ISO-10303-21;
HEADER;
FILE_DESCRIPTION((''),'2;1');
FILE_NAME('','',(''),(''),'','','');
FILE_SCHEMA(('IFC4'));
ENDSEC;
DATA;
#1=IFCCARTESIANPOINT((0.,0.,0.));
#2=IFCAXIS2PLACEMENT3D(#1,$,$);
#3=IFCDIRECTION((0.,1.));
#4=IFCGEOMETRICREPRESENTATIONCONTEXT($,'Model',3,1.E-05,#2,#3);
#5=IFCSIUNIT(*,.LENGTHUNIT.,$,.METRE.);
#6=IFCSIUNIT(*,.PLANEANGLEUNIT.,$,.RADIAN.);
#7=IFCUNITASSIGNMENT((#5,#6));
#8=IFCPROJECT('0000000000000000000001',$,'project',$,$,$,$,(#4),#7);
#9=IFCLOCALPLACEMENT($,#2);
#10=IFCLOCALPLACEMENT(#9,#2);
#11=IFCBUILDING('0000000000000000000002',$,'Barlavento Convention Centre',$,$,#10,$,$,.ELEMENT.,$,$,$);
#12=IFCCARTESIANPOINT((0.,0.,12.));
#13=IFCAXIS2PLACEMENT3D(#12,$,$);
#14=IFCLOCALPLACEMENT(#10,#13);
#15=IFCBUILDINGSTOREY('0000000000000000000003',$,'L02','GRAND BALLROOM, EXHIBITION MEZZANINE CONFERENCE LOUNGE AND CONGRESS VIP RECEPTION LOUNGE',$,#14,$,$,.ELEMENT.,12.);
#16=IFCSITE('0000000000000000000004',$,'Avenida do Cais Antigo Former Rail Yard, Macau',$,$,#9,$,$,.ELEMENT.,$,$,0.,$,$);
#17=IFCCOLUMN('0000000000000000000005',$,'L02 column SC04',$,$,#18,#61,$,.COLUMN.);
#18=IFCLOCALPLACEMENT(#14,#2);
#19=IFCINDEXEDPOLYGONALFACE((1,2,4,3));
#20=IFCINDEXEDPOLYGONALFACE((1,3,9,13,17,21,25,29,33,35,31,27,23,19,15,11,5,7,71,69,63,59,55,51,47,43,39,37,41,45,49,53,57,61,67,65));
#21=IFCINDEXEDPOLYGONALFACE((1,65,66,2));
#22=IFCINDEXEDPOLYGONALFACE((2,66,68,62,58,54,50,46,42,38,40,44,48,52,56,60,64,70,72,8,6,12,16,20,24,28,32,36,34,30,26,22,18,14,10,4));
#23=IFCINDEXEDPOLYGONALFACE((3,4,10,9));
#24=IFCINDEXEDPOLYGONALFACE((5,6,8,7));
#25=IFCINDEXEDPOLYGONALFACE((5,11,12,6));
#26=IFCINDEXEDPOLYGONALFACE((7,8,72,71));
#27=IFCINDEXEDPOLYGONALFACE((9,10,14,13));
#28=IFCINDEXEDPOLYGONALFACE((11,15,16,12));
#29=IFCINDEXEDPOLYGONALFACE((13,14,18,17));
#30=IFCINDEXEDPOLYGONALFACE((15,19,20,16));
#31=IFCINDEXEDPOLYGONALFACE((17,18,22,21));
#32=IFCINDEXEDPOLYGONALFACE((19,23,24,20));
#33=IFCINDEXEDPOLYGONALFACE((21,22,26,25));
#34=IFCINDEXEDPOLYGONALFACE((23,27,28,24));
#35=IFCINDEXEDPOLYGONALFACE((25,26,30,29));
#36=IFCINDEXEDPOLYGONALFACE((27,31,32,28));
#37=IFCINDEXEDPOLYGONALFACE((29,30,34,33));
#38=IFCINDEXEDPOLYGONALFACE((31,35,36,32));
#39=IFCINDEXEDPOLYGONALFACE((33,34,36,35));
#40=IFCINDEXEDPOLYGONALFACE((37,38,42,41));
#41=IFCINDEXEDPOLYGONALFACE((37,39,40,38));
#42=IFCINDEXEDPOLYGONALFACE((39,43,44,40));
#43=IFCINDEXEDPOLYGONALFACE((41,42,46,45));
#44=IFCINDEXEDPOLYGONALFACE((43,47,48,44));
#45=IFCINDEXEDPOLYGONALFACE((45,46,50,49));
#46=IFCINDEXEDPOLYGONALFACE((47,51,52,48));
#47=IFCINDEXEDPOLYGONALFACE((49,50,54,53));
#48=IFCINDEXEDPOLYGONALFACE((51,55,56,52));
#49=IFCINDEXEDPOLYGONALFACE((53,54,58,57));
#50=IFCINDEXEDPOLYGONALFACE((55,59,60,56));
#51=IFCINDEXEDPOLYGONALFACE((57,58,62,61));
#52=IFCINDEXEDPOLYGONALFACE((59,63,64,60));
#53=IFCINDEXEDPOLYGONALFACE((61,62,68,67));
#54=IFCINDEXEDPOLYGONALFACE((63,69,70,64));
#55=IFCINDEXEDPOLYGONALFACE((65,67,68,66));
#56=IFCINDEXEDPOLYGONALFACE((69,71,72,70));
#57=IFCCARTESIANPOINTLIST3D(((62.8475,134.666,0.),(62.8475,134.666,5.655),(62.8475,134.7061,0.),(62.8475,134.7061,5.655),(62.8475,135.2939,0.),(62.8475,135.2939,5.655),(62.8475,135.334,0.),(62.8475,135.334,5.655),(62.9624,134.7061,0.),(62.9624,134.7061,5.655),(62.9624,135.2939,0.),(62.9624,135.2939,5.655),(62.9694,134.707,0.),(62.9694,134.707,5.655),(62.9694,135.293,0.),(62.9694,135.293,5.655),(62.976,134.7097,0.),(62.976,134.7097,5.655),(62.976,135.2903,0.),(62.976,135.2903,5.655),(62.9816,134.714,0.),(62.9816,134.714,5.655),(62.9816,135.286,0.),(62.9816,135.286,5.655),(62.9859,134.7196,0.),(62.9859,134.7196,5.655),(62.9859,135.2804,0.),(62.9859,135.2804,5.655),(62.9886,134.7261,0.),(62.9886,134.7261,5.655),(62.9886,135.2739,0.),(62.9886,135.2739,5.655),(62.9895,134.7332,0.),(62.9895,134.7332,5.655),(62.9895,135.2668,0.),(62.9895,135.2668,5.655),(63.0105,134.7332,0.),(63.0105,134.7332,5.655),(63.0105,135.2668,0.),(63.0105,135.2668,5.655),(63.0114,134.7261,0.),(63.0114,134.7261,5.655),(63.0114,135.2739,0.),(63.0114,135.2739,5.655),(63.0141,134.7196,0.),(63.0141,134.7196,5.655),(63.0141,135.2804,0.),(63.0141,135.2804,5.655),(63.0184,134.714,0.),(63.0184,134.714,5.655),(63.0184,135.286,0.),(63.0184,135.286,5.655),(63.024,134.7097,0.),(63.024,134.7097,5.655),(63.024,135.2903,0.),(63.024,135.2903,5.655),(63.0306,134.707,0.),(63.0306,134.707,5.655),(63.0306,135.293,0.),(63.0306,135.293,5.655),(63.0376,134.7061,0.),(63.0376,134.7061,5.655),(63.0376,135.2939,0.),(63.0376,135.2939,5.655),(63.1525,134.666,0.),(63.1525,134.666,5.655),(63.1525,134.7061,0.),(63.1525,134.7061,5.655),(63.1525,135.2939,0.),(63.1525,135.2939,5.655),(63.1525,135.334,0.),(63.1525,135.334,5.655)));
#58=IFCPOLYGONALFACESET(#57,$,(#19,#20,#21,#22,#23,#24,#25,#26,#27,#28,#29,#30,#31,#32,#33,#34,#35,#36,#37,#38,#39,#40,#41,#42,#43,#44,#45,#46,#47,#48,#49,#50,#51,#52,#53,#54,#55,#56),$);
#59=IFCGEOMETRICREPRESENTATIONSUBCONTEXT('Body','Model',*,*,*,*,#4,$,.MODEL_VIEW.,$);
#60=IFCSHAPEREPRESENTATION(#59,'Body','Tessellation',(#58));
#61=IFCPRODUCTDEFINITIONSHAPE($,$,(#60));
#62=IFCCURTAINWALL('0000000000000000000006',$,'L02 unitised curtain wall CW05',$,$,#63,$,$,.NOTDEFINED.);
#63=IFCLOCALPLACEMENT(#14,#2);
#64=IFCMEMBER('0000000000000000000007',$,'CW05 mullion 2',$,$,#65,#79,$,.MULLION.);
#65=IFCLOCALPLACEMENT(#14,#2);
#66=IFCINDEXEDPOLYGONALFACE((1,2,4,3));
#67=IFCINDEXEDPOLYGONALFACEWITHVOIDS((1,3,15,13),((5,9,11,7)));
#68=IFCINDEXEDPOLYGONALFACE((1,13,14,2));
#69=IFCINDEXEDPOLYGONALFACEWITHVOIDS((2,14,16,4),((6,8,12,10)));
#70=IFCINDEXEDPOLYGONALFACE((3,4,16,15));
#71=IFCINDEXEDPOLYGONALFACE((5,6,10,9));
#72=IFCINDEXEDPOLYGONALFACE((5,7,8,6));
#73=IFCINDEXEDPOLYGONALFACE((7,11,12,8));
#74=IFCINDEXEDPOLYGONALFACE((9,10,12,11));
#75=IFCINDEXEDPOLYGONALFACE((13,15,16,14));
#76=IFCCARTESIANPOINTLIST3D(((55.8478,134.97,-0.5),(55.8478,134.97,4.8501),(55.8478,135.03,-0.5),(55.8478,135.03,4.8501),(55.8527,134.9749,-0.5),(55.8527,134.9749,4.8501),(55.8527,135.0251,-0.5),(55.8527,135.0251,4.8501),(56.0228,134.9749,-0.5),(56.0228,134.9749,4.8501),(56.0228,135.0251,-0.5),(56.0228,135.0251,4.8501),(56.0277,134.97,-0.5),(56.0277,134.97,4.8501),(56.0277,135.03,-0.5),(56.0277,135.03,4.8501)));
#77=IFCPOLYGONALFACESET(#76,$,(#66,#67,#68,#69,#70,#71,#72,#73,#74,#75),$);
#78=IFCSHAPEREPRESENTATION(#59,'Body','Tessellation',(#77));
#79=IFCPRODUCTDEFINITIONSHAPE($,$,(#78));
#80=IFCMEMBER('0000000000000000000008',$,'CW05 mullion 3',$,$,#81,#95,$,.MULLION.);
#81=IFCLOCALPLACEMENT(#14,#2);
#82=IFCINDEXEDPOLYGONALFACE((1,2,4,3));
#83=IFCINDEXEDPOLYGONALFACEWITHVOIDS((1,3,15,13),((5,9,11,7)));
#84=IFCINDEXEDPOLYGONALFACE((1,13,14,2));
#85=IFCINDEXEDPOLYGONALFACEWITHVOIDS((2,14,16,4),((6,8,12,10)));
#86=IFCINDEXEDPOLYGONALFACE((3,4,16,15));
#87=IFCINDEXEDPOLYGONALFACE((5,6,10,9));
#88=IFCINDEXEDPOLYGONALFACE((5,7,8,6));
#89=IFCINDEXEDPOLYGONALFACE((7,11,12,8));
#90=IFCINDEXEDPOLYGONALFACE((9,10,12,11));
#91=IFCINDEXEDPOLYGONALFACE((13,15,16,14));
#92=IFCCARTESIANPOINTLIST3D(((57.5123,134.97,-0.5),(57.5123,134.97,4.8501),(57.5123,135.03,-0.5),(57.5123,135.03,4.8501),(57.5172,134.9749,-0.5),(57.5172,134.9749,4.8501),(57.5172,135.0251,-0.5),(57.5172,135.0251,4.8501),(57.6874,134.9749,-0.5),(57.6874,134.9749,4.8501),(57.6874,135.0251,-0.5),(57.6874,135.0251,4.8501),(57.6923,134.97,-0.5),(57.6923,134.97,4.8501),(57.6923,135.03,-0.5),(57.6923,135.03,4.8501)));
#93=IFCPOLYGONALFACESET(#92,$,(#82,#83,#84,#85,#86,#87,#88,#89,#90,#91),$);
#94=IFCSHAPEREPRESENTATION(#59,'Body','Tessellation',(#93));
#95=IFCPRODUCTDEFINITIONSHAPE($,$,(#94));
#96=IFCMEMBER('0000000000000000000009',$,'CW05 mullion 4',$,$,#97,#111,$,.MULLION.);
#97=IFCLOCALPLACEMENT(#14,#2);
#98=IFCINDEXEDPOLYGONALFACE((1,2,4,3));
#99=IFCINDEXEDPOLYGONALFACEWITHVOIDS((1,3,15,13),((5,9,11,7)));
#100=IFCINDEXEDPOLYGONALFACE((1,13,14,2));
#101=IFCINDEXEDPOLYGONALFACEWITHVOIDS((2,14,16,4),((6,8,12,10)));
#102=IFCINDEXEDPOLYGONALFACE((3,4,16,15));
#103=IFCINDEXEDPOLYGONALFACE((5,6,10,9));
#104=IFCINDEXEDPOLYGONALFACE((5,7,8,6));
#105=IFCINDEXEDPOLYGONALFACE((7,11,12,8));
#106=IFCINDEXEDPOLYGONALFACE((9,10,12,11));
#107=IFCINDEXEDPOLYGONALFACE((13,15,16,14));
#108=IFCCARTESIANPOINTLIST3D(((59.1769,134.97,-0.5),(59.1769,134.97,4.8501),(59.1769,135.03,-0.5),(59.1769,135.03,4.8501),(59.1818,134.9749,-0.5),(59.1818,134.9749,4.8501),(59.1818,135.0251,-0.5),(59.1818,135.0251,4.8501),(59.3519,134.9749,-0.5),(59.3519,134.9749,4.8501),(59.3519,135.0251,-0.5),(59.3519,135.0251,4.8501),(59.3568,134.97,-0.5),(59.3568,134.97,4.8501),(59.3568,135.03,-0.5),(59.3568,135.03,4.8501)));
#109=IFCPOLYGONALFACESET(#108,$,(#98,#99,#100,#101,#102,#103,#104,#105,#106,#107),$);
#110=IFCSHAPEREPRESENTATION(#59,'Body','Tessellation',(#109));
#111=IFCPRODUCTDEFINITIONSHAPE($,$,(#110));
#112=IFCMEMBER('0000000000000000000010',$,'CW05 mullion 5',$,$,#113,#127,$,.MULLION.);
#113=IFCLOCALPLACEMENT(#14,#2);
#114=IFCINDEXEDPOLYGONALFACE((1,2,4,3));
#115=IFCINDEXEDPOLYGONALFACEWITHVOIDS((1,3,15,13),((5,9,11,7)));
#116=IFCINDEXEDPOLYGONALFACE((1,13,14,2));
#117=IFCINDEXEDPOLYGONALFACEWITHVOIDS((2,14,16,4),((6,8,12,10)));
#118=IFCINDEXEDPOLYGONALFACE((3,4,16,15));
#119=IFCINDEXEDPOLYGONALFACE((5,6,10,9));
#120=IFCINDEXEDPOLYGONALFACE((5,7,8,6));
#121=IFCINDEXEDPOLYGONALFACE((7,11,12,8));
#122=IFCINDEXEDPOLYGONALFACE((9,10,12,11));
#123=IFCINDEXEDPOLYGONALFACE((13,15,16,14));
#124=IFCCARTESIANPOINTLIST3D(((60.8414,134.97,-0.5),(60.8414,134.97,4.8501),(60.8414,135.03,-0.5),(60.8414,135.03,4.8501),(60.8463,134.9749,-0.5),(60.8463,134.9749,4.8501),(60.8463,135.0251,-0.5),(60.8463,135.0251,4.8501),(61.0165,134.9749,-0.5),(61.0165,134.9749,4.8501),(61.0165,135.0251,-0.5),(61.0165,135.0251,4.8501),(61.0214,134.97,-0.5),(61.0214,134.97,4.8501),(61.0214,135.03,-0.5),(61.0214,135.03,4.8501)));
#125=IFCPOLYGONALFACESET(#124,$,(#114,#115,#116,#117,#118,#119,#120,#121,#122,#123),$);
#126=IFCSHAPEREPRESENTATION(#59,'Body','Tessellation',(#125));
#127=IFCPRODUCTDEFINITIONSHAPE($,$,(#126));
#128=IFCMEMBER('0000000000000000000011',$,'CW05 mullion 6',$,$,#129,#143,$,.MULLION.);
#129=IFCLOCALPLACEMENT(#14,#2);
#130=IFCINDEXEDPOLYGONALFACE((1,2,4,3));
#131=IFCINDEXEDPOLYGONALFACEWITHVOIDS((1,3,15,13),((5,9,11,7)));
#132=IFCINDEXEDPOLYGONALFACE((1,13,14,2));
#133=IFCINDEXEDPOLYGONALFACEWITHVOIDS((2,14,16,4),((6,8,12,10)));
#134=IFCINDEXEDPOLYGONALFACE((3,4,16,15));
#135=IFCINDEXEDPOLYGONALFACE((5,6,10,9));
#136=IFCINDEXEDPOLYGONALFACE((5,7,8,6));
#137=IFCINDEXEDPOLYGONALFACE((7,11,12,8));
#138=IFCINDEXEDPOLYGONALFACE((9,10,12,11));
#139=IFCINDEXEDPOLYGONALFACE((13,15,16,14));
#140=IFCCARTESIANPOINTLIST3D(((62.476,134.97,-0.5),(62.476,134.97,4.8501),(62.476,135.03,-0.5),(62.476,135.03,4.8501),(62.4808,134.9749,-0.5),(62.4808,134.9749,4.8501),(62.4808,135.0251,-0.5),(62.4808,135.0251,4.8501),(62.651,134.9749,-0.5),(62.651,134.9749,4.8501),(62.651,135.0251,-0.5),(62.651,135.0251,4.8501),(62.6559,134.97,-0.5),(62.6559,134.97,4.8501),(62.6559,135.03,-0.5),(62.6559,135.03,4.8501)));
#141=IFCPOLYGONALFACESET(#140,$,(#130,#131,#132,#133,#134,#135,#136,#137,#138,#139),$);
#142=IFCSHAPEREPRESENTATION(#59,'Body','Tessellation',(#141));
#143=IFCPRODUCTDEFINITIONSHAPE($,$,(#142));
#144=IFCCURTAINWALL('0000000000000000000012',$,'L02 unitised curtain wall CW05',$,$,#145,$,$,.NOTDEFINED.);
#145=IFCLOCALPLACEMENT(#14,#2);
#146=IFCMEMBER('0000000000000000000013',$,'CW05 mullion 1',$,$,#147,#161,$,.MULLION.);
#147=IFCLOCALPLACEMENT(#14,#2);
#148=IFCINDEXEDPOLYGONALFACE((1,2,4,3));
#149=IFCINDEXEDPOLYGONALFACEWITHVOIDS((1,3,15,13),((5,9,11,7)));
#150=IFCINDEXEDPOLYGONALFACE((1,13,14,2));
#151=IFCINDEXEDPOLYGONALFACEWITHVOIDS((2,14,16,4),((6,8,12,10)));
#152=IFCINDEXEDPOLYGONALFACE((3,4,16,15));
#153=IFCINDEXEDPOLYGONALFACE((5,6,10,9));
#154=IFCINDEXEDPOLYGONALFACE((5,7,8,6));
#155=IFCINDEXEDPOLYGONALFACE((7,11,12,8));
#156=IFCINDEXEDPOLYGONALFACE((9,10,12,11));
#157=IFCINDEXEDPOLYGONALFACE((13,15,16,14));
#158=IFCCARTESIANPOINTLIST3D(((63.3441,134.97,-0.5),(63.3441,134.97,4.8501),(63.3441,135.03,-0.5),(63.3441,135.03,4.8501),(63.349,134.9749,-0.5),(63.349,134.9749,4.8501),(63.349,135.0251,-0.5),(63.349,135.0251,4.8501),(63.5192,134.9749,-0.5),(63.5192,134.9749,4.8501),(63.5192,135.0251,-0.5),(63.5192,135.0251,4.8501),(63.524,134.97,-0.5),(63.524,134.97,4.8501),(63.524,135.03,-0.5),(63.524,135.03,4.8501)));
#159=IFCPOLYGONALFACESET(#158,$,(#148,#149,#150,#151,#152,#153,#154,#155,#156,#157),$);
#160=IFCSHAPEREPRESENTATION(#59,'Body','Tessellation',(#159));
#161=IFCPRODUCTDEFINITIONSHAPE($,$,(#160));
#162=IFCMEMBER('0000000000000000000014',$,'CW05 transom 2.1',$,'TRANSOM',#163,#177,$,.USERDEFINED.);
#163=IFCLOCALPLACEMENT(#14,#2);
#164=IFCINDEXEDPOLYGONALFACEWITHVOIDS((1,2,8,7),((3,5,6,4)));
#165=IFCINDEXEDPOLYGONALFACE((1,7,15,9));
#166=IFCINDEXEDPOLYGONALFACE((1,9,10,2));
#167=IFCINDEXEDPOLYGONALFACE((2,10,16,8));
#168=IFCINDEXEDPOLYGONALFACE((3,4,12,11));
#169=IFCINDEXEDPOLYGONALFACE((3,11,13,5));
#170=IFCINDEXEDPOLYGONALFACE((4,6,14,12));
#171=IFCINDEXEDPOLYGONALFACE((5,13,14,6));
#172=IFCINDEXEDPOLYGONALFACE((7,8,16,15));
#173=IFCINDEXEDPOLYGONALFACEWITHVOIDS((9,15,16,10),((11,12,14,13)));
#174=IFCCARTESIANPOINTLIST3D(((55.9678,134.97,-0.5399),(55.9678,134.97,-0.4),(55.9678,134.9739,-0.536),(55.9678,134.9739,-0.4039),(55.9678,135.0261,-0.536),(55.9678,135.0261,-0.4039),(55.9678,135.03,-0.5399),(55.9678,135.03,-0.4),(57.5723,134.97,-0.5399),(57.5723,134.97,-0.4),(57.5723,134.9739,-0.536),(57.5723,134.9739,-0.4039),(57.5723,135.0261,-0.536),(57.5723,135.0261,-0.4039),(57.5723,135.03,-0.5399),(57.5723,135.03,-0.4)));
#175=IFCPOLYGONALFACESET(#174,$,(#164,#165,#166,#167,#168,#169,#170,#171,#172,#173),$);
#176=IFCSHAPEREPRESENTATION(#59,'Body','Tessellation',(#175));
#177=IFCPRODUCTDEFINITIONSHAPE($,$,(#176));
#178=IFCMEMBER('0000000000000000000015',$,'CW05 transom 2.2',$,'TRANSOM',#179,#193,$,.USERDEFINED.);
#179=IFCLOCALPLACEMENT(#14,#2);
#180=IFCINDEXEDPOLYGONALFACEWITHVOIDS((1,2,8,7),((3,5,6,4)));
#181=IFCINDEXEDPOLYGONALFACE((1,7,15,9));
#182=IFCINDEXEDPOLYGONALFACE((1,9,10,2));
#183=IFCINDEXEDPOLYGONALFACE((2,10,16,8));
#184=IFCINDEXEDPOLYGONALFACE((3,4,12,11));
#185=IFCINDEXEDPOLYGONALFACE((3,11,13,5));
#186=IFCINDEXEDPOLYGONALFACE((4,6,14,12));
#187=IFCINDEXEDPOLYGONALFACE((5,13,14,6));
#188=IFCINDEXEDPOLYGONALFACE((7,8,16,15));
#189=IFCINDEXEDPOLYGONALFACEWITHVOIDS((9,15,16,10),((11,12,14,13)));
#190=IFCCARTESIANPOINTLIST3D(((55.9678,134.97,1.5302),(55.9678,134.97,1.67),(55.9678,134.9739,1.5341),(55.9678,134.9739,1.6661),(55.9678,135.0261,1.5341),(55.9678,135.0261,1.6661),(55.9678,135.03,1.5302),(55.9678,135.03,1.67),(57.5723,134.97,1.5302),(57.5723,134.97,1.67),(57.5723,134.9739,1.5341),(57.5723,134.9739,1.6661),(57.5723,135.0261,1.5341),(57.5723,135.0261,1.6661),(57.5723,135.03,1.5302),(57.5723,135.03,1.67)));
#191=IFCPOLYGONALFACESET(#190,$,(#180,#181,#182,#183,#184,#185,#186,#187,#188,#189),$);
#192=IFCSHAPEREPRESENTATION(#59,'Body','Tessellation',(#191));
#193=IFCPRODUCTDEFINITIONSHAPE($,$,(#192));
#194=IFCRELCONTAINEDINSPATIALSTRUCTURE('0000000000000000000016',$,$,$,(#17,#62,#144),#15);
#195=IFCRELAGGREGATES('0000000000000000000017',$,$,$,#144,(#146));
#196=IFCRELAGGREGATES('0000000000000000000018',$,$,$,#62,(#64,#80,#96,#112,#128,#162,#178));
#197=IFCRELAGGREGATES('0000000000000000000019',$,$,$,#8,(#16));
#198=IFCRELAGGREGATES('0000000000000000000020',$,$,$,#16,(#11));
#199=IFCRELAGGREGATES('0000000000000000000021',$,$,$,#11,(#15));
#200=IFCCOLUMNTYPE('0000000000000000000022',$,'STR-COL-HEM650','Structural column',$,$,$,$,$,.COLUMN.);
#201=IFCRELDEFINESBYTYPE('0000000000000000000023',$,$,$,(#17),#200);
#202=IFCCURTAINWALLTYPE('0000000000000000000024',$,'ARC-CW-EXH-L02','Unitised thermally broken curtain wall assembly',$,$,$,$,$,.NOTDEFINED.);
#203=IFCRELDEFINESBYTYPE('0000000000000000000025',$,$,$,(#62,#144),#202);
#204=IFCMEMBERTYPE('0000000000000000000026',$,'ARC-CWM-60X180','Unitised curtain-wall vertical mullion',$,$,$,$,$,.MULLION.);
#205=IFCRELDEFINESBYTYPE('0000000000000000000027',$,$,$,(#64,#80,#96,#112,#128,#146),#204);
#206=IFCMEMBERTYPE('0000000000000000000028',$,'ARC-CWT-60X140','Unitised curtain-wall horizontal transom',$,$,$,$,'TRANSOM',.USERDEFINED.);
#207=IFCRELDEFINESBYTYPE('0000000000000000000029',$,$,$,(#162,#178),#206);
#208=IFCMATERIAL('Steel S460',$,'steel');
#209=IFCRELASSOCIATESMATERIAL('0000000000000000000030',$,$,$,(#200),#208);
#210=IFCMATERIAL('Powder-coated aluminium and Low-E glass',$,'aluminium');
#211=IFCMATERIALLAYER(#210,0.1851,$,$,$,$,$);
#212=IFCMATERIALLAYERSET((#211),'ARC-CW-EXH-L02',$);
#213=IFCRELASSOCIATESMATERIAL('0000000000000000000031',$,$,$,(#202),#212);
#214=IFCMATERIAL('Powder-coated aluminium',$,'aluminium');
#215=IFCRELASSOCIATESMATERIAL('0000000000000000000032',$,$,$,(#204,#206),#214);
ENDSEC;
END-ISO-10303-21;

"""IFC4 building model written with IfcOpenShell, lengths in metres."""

from ifc_helpers import new_model, si_unit, direction, frame, origin, origin_2d, place, context, subcontext, project, spatial, hollow_rectangle, i_section, extrude, material, layer, layer_set, material_profile, profile_set, type_object, element, aggregate, save


model = new_model("IFC4")

# Units and contexts
model_context = context("Model", 3, precision=1e-05, world=origin(), true_north=direction((0.0, 1.0)))
body_context = subcontext(model_context, "Body", "Model", "MODEL_VIEW")
ifc_project = project(units=[si_unit("LENGTHUNIT", "METRE"), si_unit("PLANEANGLEUNIT", "RADIAN")], contexts=[model_context])

# Site, building, storey
site_placement = place(None, origin())
site = spatial("IfcSite", under=ifc_project, at=site_placement, Name="Avenida do Cais Antigo Former Rail Yard, Macau", CompositionType="ELEMENT", RefElevation=0.0)
building_placement = place(site_placement, origin())
building = spatial("IfcBuilding", under=site, at=building_placement, Name="Barlavento Convention Centre", CompositionType="ELEMENT")
storey_placement = place(building_placement, frame((0.0, 0.0, 12.0)))
storey = spatial("IfcBuildingStorey", under=building, at=storey_placement, Name="L02", Description="GRAND BALLROOM, EXHIBITION MEZZANINE CONFERENCE LOUNGE AND CONGRESS VIP RECEPTION LOUNGE", CompositionType="ELEMENT", Elevation=12.0)

# Column
ifc_material_1 = material(Name="Steel S460", Category="steel")
ifc_material_profile_1 = material_profile(ifc_material_1, i_section(OverallWidth=0.3049, OverallDepth=0.668, WebThickness=0.021, FlangeThickness=0.04, FilletRadius=0.0271, at=origin_2d()), Name="HEM 650")
ifc_profile_set_1 = profile_set([ifc_material_profile_1], Name="Steel S460")
column_type = type_object("IfcColumnType", Name="STR-COL-HEM650", Description="Structural column", PredefinedType="COLUMN", material=ifc_profile_set_1)
column_placement = place(storey_placement, frame((63.0, 135.0, 0.0), z_axis=(0.0, 0.0, 1.0), x_axis=(1.0, 0.0, 0.0)))
element("IfcColumn", 1, at=column_placement, inside=storey, type_object=column_type, Name="L02 column SC04", PredefinedType="COLUMN", context=body_context, shape_type="SweptSolid", body=[
    extrude(i_section(OverallWidth=0.3049, OverallDepth=0.668, WebThickness=0.021, FlangeThickness=0.04, FilletRadius=0.0271, at=origin_2d()), origin(), (0.0, 0.0, 1.0), 5.655),
])

# Curtain wall, members
ifc_material_2 = material(Name="Powder-coated aluminium and Low-E glass", Category="aluminium")
ifc_layer_1 = layer(ifc_material_2, 0.1851)
ifc_layer_set_1 = layer_set([ifc_layer_1], Name="ARC-CW-EXH-L02")
curtain_wall_type = type_object("IfcCurtainWallType", Name="ARC-CW-EXH-L02", Description="Unitised thermally broken curtain wall assembly", PredefinedType="NOTDEFINED", material=ifc_layer_set_1)
curtain_wall_1_placement = place(storey_placement, origin())
curtain_wall_1 = element("IfcCurtainWall", 2, at=curtain_wall_1_placement, inside=storey, type_object=curtain_wall_type, Name="L02 unitised curtain wall CW05", PredefinedType="NOTDEFINED")
ifc_material_3 = material(Name="Powder-coated aluminium", Category="aluminium")
ifc_material_profile_2 = material_profile(ifc_material_3, hollow_rectangle(XDim=0.0601, YDim=0.1799, WallThickness=0.0049, at=origin_2d()), Name="AL-MULL 60x180x5")
ifc_profile_set_2 = profile_set([ifc_material_profile_2], Name="Powder-coated aluminium")
member_type_1 = type_object("IfcMemberType", Name="ARC-CWM-60X180", Description="Unitised curtain-wall vertical mullion", PredefinedType="MULLION", material=ifc_profile_set_2)
member_1_placement = place(storey_placement, frame((55.9377, 135.0, -0.5), z_axis=(0.0, 0.0, 1.0), x_axis=(0.0, 1.0, 0.0)))
member_1 = element("IfcMember", 3, at=member_1_placement, type_object=member_type_1, Name="CW05 mullion 2", PredefinedType="MULLION", context=body_context, shape_type="SweptSolid", body=[
    extrude(hollow_rectangle(XDim=0.0601, YDim=0.1799, WallThickness=0.0049, at=origin_2d()), origin(), (0.0, 0.0, 1.0), 5.3501),
])
member_2_placement = place(storey_placement, frame((57.6023, 135.0, -0.5), z_axis=(0.0, 0.0, 1.0), x_axis=(0.0, 1.0, 0.0)))
member_2 = element("IfcMember", 4, at=member_2_placement, type_object=member_type_1, Name="CW05 mullion 3", PredefinedType="MULLION", context=body_context, shape_type="SweptSolid", body=[
    extrude(hollow_rectangle(XDim=0.0601, YDim=0.1799, WallThickness=0.0049, at=origin_2d()), origin(), (0.0, 0.0, 1.0), 5.3501),
])
member_3_placement = place(storey_placement, frame((59.2668, 135.0, -0.5), z_axis=(0.0, 0.0, 1.0), x_axis=(0.0, 1.0, 0.0)))
member_3 = element("IfcMember", 5, at=member_3_placement, type_object=member_type_1, Name="CW05 mullion 4", PredefinedType="MULLION", context=body_context, shape_type="SweptSolid", body=[
    extrude(hollow_rectangle(XDim=0.0601, YDim=0.1799, WallThickness=0.0049, at=origin_2d()), origin(), (0.0, 0.0, 1.0), 5.3501),
])
member_4_placement = place(storey_placement, frame((60.9314, 135.0, -0.5), z_axis=(0.0, 0.0, 1.0), x_axis=(0.0, 1.0, 0.0)))
member_4 = element("IfcMember", 6, at=member_4_placement, type_object=member_type_1, Name="CW05 mullion 5", PredefinedType="MULLION", context=body_context, shape_type="SweptSolid", body=[
    extrude(hollow_rectangle(XDim=0.0601, YDim=0.1799, WallThickness=0.0049, at=origin_2d()), origin(), (0.0, 0.0, 1.0), 5.3501),
])
member_5_placement = place(storey_placement, frame((62.5659, 135.0, -0.5), z_axis=(0.0, 0.0, 1.0), x_axis=(0.0, 1.0, 0.0)))
member_5 = element("IfcMember", 7, at=member_5_placement, type_object=member_type_1, Name="CW05 mullion 6", PredefinedType="MULLION", context=body_context, shape_type="SweptSolid", body=[
    extrude(hollow_rectangle(XDim=0.0601, YDim=0.1799, WallThickness=0.0049, at=origin_2d()), origin(), (0.0, 0.0, 1.0), 5.3501),
])

# Curtain wall, member
curtain_wall_2_placement = place(storey_placement, origin())
curtain_wall_2 = element("IfcCurtainWall", 8, at=curtain_wall_2_placement, inside=storey, type_object=curtain_wall_type, Name="L02 unitised curtain wall CW05", PredefinedType="NOTDEFINED")
member_6_placement = place(storey_placement, frame((63.4341, 135.0, -0.5), z_axis=(0.0, 0.0, 1.0), x_axis=(0.0, 1.0, 0.0)))
member_6 = element("IfcMember", 9, at=member_6_placement, type_object=member_type_1, Name="CW05 mullion 1", PredefinedType="MULLION", context=body_context, shape_type="SweptSolid", body=[
    extrude(hollow_rectangle(XDim=0.0601, YDim=0.1799, WallThickness=0.0049, at=origin_2d()), origin(), (0.0, 0.0, 1.0), 5.3501),
])

# Members
ifc_material_profile_3 = material_profile(ifc_material_3, hollow_rectangle(XDim=0.0601, YDim=0.1399, WallThickness=0.0039, at=origin_2d()), Name="AL-TRAN 60x140x4")
ifc_profile_set_3 = profile_set([ifc_material_profile_3], Name="Powder-coated aluminium")
member_type_2 = type_object("IfcMemberType", Name="ARC-CWT-60X140", Description="Unitised curtain-wall horizontal transom", ElementType="TRANSOM", PredefinedType="USERDEFINED", material=ifc_profile_set_3)
member_7_placement = place(storey_placement, frame((55.9678, 135.0, -0.47), z_axis=(1.0, 0.0, 0.0), x_axis=(0.0, 1.0, 0.0)))
member_7 = element("IfcMember", 10, at=member_7_placement, type_object=member_type_2, Name="CW05 transom 2.1", ObjectType="TRANSOM", PredefinedType="USERDEFINED", context=body_context, shape_type="SweptSolid", body=[
    extrude(hollow_rectangle(XDim=0.0601, YDim=0.1399, WallThickness=0.0039, at=origin_2d()), origin(), (0.0, 0.0, 1.0), 1.6045),
])
member_8_placement = place(storey_placement, frame((55.9678, 135.0, 1.6001), z_axis=(1.0, 0.0, 0.0), x_axis=(0.0, 1.0, 0.0)))
member_8 = element("IfcMember", 11, at=member_8_placement, type_object=member_type_2, Name="CW05 transom 2.2", ObjectType="TRANSOM", PredefinedType="USERDEFINED", context=body_context, shape_type="SweptSolid", body=[
    extrude(hollow_rectangle(XDim=0.0601, YDim=0.1399, WallThickness=0.0039, at=origin_2d()), origin(), (0.0, 0.0, 1.0), 1.6045),
])
aggregate(curtain_wall_2, [member_6])

aggregate(curtain_wall_1, [member_1, member_2, member_3, member_4, member_5, member_7, member_8])

save(model, "model.ifc")
